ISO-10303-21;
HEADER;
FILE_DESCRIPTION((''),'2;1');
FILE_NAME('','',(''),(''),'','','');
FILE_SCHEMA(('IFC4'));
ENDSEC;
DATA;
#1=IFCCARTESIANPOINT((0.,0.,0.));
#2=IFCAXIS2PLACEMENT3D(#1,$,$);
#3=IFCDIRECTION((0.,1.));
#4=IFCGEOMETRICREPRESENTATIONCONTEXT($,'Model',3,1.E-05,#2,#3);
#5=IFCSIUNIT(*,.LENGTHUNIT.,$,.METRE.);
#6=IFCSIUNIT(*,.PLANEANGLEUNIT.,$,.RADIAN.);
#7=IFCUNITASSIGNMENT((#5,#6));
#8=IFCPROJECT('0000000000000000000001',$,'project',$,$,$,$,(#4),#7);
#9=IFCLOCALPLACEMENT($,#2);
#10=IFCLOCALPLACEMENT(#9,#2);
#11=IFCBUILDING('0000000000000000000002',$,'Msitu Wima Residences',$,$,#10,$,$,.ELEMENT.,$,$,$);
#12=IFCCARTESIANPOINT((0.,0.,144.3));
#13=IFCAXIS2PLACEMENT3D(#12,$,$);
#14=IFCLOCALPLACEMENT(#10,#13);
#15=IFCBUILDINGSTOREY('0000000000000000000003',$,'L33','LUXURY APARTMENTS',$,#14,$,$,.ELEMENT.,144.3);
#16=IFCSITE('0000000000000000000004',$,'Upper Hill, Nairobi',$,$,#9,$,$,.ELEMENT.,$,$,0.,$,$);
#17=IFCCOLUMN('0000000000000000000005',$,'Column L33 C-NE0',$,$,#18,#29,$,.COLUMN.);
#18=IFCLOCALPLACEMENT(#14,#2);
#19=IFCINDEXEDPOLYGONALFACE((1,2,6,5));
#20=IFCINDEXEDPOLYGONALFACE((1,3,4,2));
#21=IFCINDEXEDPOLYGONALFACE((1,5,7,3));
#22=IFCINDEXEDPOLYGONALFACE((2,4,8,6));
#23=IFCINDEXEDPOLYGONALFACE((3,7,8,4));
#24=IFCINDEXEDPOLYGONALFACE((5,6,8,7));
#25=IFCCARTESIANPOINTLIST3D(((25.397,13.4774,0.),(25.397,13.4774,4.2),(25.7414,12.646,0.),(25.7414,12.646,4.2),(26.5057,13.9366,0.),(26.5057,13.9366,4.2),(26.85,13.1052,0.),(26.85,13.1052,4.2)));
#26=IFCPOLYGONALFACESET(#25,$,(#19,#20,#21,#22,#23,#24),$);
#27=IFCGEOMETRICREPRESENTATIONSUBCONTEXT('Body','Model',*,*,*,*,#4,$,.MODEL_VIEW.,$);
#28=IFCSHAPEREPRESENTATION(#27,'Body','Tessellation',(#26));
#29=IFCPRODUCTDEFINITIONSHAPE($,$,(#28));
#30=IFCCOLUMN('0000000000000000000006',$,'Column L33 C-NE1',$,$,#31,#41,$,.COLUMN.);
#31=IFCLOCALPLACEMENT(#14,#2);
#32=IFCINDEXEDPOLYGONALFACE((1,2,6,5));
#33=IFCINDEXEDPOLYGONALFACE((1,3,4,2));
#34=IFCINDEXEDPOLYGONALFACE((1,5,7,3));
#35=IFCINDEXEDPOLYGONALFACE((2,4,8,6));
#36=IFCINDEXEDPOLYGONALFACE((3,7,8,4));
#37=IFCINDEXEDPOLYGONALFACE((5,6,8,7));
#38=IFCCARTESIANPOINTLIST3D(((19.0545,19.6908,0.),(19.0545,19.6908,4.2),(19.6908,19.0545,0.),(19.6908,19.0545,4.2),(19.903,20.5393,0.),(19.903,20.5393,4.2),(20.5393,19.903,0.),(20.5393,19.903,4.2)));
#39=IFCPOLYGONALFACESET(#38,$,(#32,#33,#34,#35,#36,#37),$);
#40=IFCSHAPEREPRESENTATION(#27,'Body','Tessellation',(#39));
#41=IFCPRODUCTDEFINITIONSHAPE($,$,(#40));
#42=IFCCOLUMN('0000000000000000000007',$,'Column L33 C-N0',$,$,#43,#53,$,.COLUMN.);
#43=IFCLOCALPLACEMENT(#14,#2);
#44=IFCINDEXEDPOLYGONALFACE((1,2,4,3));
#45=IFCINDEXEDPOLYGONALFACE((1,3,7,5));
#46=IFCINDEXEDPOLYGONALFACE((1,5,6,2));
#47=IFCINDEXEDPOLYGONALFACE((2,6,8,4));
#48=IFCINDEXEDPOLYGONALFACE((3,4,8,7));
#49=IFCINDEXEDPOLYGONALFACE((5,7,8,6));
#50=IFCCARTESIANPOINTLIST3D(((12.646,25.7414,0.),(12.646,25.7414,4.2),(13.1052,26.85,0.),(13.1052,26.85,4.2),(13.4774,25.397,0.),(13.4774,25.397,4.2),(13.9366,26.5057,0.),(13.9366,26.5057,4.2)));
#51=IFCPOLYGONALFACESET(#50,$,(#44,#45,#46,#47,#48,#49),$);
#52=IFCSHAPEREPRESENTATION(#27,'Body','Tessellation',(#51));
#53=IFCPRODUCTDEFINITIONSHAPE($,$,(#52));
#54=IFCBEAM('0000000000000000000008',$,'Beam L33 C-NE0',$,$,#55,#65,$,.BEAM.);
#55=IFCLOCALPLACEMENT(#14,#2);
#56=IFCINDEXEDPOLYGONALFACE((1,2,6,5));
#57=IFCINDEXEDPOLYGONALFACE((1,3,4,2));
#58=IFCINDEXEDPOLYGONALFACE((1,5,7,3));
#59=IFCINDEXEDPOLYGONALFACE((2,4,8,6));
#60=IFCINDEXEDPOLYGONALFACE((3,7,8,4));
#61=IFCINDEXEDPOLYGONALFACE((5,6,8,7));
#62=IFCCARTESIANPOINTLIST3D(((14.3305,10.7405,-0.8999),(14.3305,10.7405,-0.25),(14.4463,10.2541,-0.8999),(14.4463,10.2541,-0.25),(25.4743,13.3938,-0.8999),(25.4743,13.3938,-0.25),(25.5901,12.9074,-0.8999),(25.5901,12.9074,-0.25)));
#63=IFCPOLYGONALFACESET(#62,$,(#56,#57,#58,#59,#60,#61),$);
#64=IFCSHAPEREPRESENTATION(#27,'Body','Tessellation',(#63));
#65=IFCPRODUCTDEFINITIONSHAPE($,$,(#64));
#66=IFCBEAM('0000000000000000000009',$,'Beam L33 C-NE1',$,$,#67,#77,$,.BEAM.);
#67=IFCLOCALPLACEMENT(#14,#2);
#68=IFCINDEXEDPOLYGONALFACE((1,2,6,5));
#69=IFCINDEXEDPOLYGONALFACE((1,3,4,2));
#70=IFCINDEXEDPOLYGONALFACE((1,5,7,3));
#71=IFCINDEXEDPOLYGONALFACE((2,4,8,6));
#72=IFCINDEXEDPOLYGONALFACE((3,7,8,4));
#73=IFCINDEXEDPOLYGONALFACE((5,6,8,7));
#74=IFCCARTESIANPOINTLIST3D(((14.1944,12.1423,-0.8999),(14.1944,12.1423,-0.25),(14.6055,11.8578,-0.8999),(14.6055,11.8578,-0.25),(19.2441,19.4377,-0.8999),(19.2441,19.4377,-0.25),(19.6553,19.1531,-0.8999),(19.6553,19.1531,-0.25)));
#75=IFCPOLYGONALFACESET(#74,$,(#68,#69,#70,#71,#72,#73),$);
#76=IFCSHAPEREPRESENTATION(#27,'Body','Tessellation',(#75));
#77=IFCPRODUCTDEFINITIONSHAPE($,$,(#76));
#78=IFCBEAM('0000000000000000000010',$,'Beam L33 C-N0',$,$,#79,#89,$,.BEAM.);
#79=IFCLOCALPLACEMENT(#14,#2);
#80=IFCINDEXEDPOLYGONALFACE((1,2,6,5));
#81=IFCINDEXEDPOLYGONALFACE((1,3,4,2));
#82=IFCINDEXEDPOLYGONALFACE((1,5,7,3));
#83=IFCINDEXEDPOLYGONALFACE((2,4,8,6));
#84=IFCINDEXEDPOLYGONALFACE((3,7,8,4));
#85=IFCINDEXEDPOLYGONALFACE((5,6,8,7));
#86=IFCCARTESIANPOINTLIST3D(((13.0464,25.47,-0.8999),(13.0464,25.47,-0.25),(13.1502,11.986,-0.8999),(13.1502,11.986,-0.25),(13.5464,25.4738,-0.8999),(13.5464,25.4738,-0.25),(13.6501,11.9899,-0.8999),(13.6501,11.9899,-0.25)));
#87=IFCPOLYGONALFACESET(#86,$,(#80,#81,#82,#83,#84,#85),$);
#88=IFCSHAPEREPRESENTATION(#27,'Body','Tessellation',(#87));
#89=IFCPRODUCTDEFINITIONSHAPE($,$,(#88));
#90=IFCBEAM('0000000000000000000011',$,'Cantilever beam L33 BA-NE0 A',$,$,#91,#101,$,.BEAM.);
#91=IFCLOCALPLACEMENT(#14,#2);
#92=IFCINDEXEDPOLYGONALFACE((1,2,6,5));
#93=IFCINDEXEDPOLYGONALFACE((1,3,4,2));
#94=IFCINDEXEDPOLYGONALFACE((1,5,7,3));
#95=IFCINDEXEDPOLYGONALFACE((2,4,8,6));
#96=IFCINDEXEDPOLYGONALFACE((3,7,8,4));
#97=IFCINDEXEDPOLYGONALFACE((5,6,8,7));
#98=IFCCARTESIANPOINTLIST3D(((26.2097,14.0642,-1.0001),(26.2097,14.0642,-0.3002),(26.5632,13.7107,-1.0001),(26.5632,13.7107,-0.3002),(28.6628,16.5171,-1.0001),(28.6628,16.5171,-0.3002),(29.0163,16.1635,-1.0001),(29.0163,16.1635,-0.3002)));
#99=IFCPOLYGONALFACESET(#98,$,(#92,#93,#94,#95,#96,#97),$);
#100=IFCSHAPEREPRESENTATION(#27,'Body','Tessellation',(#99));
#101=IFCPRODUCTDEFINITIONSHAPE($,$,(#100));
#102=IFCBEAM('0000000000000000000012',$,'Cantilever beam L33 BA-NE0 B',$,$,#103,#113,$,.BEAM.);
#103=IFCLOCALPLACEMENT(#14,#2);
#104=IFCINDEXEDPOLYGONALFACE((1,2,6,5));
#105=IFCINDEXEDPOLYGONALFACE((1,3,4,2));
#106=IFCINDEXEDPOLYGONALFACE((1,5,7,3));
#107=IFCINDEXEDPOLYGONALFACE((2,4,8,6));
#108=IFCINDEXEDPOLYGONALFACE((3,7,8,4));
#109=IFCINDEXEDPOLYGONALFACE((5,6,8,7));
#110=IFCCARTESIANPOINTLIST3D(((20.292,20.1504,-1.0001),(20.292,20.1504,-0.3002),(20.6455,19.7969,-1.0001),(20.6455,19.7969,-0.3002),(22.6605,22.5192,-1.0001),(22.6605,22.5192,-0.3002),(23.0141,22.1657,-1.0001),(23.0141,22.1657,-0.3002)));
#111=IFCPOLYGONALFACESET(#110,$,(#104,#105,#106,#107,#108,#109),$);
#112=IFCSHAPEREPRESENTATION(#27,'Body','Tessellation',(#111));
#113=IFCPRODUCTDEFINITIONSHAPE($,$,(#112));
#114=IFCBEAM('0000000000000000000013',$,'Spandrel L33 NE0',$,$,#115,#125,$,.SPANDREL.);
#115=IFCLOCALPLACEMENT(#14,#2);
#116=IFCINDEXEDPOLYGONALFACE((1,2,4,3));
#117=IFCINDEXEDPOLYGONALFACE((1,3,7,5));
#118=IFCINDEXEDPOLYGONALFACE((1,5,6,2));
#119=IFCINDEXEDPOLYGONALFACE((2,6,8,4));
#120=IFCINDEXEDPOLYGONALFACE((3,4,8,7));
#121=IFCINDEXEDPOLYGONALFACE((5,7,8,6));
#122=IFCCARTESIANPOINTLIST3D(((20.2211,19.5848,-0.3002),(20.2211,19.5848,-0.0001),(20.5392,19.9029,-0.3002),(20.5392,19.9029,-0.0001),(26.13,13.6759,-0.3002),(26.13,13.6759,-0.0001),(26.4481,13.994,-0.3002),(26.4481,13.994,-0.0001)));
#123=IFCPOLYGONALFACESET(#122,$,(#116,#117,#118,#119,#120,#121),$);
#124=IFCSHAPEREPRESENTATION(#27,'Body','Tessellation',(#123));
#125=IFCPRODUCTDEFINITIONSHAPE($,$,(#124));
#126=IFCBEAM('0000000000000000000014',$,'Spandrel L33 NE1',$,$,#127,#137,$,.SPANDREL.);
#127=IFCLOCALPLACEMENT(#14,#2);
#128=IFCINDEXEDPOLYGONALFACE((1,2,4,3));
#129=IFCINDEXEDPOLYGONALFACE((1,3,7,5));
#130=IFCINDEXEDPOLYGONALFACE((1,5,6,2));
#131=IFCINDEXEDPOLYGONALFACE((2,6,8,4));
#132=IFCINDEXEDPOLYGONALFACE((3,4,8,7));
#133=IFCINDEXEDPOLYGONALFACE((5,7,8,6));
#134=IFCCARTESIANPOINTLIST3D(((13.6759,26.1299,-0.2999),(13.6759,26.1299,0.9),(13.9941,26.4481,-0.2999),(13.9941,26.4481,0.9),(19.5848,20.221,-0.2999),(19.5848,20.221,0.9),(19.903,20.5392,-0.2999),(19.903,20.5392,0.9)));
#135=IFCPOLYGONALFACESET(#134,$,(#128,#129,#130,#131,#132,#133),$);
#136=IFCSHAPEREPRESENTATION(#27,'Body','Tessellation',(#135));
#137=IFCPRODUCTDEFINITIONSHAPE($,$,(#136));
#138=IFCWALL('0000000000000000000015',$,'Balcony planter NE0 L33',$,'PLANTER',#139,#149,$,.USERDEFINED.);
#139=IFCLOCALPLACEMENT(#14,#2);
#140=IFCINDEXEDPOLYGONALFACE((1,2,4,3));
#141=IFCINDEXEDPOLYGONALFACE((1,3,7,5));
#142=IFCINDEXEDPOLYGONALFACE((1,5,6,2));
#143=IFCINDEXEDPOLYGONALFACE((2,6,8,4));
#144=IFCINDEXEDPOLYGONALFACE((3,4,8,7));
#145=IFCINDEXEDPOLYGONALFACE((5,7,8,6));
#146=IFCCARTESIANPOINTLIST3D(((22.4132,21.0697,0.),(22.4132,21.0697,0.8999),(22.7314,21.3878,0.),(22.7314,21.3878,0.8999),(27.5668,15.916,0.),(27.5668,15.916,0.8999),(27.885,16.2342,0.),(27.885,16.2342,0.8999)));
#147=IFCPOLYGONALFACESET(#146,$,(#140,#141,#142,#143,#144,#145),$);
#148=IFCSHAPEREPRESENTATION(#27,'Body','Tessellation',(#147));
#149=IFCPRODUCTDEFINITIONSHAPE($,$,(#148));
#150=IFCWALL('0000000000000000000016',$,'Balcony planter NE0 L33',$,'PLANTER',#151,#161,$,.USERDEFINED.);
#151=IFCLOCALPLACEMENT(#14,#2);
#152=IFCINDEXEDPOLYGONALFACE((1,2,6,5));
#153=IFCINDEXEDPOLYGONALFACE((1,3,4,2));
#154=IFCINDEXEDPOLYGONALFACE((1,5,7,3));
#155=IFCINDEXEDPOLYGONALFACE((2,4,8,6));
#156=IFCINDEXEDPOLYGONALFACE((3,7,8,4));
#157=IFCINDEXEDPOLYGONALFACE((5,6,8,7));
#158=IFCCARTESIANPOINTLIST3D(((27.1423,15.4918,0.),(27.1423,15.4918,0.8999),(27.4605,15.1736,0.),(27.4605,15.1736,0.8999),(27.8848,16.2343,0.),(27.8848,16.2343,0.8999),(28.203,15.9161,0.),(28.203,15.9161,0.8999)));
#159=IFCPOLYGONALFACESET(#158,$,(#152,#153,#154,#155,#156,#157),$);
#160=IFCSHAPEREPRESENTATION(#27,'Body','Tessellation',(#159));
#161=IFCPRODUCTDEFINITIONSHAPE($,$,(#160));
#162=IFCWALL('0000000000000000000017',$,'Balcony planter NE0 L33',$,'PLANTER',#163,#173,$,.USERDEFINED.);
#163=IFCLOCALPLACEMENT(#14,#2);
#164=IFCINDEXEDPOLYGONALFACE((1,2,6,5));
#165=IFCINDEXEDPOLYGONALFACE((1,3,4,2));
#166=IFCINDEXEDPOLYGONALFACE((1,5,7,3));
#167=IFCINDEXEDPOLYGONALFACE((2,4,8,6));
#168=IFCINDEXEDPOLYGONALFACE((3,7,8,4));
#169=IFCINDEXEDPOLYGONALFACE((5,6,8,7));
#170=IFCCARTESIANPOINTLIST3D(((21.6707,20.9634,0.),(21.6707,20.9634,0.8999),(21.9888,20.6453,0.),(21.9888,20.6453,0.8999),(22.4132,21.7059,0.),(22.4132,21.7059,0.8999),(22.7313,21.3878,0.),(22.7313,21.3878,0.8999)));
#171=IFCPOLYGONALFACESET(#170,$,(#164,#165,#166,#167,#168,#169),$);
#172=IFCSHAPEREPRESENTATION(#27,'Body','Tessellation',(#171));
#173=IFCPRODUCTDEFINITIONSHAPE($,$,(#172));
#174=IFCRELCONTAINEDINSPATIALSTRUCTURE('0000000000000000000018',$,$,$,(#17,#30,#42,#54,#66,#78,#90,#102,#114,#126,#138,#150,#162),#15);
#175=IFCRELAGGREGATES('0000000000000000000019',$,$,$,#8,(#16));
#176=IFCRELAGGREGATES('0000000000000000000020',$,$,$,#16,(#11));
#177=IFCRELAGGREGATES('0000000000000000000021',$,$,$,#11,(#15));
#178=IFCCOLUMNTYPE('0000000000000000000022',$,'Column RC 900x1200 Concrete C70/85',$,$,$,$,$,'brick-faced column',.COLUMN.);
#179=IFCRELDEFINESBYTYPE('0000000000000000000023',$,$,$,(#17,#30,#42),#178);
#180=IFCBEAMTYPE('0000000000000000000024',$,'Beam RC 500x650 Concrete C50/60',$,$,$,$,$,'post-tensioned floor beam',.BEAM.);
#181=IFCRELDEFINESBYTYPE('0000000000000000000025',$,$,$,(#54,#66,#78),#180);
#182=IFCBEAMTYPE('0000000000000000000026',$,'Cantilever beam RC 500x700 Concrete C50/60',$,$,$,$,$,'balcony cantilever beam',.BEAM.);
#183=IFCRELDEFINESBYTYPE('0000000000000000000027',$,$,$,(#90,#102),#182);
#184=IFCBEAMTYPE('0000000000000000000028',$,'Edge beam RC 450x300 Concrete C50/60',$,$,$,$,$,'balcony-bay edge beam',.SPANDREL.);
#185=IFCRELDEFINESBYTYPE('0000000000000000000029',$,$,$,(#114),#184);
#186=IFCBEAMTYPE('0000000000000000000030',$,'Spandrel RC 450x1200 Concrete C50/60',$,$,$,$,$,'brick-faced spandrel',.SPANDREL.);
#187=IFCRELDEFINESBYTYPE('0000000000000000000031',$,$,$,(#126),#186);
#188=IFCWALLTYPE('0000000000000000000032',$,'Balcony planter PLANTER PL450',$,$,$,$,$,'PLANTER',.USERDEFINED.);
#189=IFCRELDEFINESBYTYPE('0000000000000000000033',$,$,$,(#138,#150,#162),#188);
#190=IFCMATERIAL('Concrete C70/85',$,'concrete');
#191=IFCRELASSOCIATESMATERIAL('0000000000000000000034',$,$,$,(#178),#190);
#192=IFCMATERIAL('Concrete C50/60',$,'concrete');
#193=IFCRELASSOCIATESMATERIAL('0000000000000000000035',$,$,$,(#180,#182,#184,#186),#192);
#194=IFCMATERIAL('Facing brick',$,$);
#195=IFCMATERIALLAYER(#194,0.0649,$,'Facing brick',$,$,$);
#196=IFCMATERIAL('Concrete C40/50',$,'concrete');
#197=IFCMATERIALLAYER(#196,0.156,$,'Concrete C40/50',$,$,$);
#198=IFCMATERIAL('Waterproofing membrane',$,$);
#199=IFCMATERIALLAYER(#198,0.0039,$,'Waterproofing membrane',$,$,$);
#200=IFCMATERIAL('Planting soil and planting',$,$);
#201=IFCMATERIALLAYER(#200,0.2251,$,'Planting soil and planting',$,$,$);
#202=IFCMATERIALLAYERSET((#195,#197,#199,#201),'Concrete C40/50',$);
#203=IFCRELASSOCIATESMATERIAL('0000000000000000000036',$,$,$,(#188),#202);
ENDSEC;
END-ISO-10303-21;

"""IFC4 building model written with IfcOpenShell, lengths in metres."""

from ifc_helpers import new_model, si_unit, direction, frame, frame_2d, origin, origin_2d, place, context, subcontext, project, spatial, rectangle, extrude, material, layer, layer_set, material_profile, profile_set, type_object, element, save


model = new_model("IFC4")

# Units and contexts
model_context = context("Model", 3, precision=1e-05, world=origin(), true_north=direction((0.0, 1.0)))
body_context = subcontext(model_context, "Body", "Model", "MODEL_VIEW")
ifc_project = project(units=[si_unit("LENGTHUNIT", "METRE"), si_unit("PLANEANGLEUNIT", "RADIAN")], contexts=[model_context])

# Site, building, storey
site_placement = place(None, origin())
site = spatial("IfcSite", under=ifc_project, at=site_placement, Name="Upper Hill, Nairobi", CompositionType="ELEMENT", RefElevation=0.0)
building_placement = place(site_placement, origin())
building = spatial("IfcBuilding", under=site, at=building_placement, Name="Msitu Wima Residences", CompositionType="ELEMENT")
storey_placement = place(building_placement, frame((0.0, 0.0, 144.3)))
storey = spatial("IfcBuildingStorey", under=building, at=storey_placement, Name="L33", Description="LUXURY APARTMENTS", CompositionType="ELEMENT", Elevation=144.3)

# Columns
ifc_material_1 = material(Name="Concrete C70/85", Category="concrete")
ifc_material_profile_1 = material_profile(ifc_material_1, rectangle(XDim=0.8999, YDim=1.2, at=origin_2d()), Name="RC 900x1200")
ifc_profile_set_1 = profile_set([ifc_material_profile_1], Name="Concrete C70/85")
column_type = type_object("IfcColumnType", Name="Column RC 900x1200 Concrete C70/85", ElementType="brick-faced column", PredefinedType="COLUMN", material=ifc_profile_set_1)
for number, where, z_axis, x_axis, name in (
    (1, (26.1235, 13.2913, 0.0), (0.0, 0.0, 1.0), (-0.382683, 0.92388, 0.0), "Column L33 C-NE0"),
    (2, (19.7969, 19.7969, 0.0), (0.0, 0.0, 1.0), (-0.707107, 0.707107, 0.0), "Column L33 C-NE1"),
    (3, (13.2913, 26.1235, 0.0), (0.0, 0.0, 1.0), (-0.92388, 0.382683, 0.0), "Column L33 C-N0"),
):
    element("IfcColumn", number, at=place(storey_placement, frame(where, z_axis=z_axis, x_axis=x_axis)), inside=storey, type_object=column_type, Name=name, PredefinedType="COLUMN", context=body_context, shape_type="SweptSolid", body=[
        extrude(rectangle(XDim=0.8999, YDim=1.2, at=origin_2d()), origin(), (0.0, 0.0, 1.0), 4.2),
    ])

# Beams
ifc_material_2 = material(Name="Concrete C50/60", Category="concrete")
ifc_material_profile_2 = material_profile(ifc_material_2, rectangle(XDim=0.5, YDim=0.6499, at=origin_2d()), Name="RC 500x650")
ifc_profile_set_2 = profile_set([ifc_material_profile_2], Name="Concrete C50/60")
beam_type_1 = type_object("IfcBeamType", Name="Beam RC 500x650 Concrete C50/60", ElementType="post-tensioned floor beam", PredefinedType="BEAM", material=ifc_profile_set_2)
beam_1_placement = place(storey_placement, frame((25.5322, 13.1506, -0.575), z_axis=(-0.972806, -0.231623, 0.0), x_axis=(0.231623, -0.972806, 0.0)))
element("IfcBeam", 4, at=beam_1_placement, inside=storey, type_object=beam_type_1, Name="Beam L33 C-NE0", PredefinedType="BEAM", context=body_context, shape_type="SweptSolid", body=[
    extrude(rectangle(XDim=0.5, YDim=0.6499, at=origin_2d()), origin(), (0.0, 0.0, 1.0), 11.4553),
])
beam_2_placement = place(storey_placement, frame((19.4497, 19.2954, -0.575), z_axis=(-0.569144, -0.822238, 0.0), x_axis=(0.822238, -0.569144, 0.0)))
element("IfcBeam", 5, at=beam_2_placement, inside=storey, type_object=beam_type_1, Name="Beam L33 C-NE1", PredefinedType="BEAM", context=body_context, shape_type="SweptSolid", body=[
    extrude(rectangle(XDim=0.5, YDim=0.6499, at=origin_2d()), origin(), (0.0, 0.0, 1.0), 8.8726),
])
beam_3_placement = place(storey_placement, frame((13.2964, 25.4719, -0.575), z_axis=(0.007695, -0.99997, 0.0), x_axis=(0.99997, 0.007695, 0.0)))
element("IfcBeam", 6, at=beam_3_placement, inside=storey, type_object=beam_type_1, Name="Beam L33 C-N0", PredefinedType="BEAM", context=body_context, shape_type="SweptSolid", body=[
    extrude(rectangle(XDim=0.5, YDim=0.6499, at=origin_2d()), origin(), (0.0, 0.0, 1.0), 13.4844),
])
ifc_material_profile_3 = material_profile(ifc_material_2, rectangle(XDim=0.5, YDim=0.7, at=origin_2d()), Name="RC 500x700")
ifc_profile_set_3 = profile_set([ifc_material_profile_3], Name="Concrete C50/60")
beam_type_2 = type_object("IfcBeamType", Name="Cantilever beam RC 500x700 Concrete C50/60", ElementType="balcony cantilever beam", PredefinedType="BEAM", material=ifc_profile_set_3)
beam_4_placement = place(storey_placement, frame((26.3865, 13.8875, -0.6501), z_axis=(0.707142, 0.707072, 0.0), x_axis=(-0.707072, 0.707142, 0.0)))
element("IfcBeam", 7, at=beam_4_placement, inside=storey, type_object=beam_type_2, Name="Cantilever beam L33 BA-NE0 A", PredefinedType="BEAM", context=body_context, shape_type="SweptSolid", body=[
    extrude(rectangle(XDim=0.5, YDim=0.7, at=origin_2d()), origin(), (0.0, 0.0, 1.0), 3.469),
])
beam_5_placement = place(storey_placement, frame((20.4688, 19.9736, -0.6501), z_axis=(0.70707, 0.707143, 0.0), x_axis=(-0.707143, 0.70707, 0.0)))
element("IfcBeam", 8, at=beam_5_placement, inside=storey, type_object=beam_type_2, Name="Cantilever beam L33 BA-NE0 B", PredefinedType="BEAM", context=body_context, shape_type="SweptSolid", body=[
    extrude(rectangle(XDim=0.5, YDim=0.7, at=origin_2d()), origin(), (0.0, 0.0, 1.0), 3.3499),
])
ifc_material_profile_4 = material_profile(ifc_material_2, rectangle(XDim=0.45, YDim=0.3, at=origin_2d()), Name="RC 450x300")
ifc_profile_set_4 = profile_set([ifc_material_profile_4], Name="Concrete C50/60")
beam_type_3 = type_object("IfcBeamType", Name="Edge beam RC 450x300 Concrete C50/60", ElementType="balcony-bay edge beam", PredefinedType="SPANDREL", material=ifc_profile_set_4)
beam_6_placement = place(storey_placement, frame((26.2891, 13.835, -0.1501), z_axis=(-0.707107, 0.707107, 0.0), x_axis=(-0.707107, -0.707107, 0.0)))
element("IfcBeam", 9, at=beam_6_placement, inside=storey, type_object=beam_type_3, Name="Spandrel L33 NE0", PredefinedType="SPANDREL", context=body_context, shape_type="SweptSolid", body=[
    extrude(rectangle(XDim=0.45, YDim=0.3, at=origin_2d()), origin(), (0.0, 0.0, 1.0), 8.3564),
])
ifc_material_profile_5 = material_profile(ifc_material_2, rectangle(XDim=0.45, YDim=1.2, at=origin_2d()), Name="RC 450x1200")
ifc_profile_set_5 = profile_set([ifc_material_profile_5], Name="Concrete C50/60")
beam_type_4 = type_object("IfcBeamType", Name="Spandrel RC 450x1200 Concrete C50/60", ElementType="brick-faced spandrel", PredefinedType="SPANDREL", material=ifc_profile_set_5)
beam_7_placement = place(storey_placement, frame((19.7439, 20.3801, 0.3), z_axis=(-0.707107, 0.707107, 0.0), x_axis=(-0.707107, -0.707107, 0.0)))
element("IfcBeam", 10, at=beam_7_placement, inside=storey, type_object=beam_type_4, Name="Spandrel L33 NE1", PredefinedType="SPANDREL", context=body_context, shape_type="SweptSolid", body=[
    extrude(rectangle(XDim=0.45, YDim=1.2, at=origin_2d()), origin(), (0.0, 0.0, 1.0), 8.3564),
])

# Walls
ifc_material_3 = material(Name="Facing brick")
ifc_layer_1 = layer(ifc_material_3, 0.0649, Name="Facing brick")
ifc_material_4 = material(Name="Concrete C40/50", Category="concrete")
ifc_layer_2 = layer(ifc_material_4, 0.156, Name="Concrete C40/50")
ifc_material_5 = material(Name="Waterproofing membrane")
ifc_layer_3 = layer(ifc_material_5, 0.0039, Name="Waterproofing membrane")
ifc_material_6 = material(Name="Planting soil and planting")
ifc_layer_4 = layer(ifc_material_6, 0.2251, Name="Planting soil and planting")
ifc_layer_set_1 = layer_set([ifc_layer_1, ifc_layer_2, ifc_layer_3, ifc_layer_4], Name="Concrete C40/50")
wall_type_1 = type_object("IfcWallType", Name="Balcony planter PLANTER PL450", ElementType="PLANTER", PredefinedType="USERDEFINED", material=ifc_layer_set_1)
wall_1_placement = place(storey_placement, frame((27.7258, 16.0752, 0.0), z_axis=(0.0, 0.0, 1.0), x_axis=(-0.707107, 0.707107, 0.0)))
element("IfcWall", 11, at=wall_1_placement, inside=storey, type_object=wall_type_1, Name="Balcony planter NE0 L33", ObjectType="PLANTER", PredefinedType="USERDEFINED", context=body_context, shape_type="SweptSolid", body=[
    extrude(rectangle(XDim=7.2883, YDim=0.45, at=frame_2d((3.644, 0.0))), origin(), (0.0, 0.0, 1.0), 0.8999),
])
for number, where, z_axis, x_axis, name in (
    (12, (27.3015, 15.3328, 0.0), (0.0, 0.0, 1.0), (0.707107, 0.707107, 0.0), "Balcony planter NE0 L33"),
    (13, (21.8298, 20.8044, 0.0), (0.0, 0.0, 1.0), (0.707107, 0.707107, 0.0), "Balcony planter NE0 L33"),
):
    element("IfcWall", number, at=place(storey_placement, frame(where, z_axis=z_axis, x_axis=x_axis)), inside=storey, type_object=wall_type_1, Name=name, ObjectType="PLANTER", PredefinedType="USERDEFINED", context=body_context, shape_type="SweptSolid", body=[
        extrude(rectangle(XDim=1.05, YDim=0.45, at=frame_2d((0.5249, 0.0))), origin(), (0.0, 0.0, 1.0), 0.8999),
    ])

save(model, "model.ifc")
